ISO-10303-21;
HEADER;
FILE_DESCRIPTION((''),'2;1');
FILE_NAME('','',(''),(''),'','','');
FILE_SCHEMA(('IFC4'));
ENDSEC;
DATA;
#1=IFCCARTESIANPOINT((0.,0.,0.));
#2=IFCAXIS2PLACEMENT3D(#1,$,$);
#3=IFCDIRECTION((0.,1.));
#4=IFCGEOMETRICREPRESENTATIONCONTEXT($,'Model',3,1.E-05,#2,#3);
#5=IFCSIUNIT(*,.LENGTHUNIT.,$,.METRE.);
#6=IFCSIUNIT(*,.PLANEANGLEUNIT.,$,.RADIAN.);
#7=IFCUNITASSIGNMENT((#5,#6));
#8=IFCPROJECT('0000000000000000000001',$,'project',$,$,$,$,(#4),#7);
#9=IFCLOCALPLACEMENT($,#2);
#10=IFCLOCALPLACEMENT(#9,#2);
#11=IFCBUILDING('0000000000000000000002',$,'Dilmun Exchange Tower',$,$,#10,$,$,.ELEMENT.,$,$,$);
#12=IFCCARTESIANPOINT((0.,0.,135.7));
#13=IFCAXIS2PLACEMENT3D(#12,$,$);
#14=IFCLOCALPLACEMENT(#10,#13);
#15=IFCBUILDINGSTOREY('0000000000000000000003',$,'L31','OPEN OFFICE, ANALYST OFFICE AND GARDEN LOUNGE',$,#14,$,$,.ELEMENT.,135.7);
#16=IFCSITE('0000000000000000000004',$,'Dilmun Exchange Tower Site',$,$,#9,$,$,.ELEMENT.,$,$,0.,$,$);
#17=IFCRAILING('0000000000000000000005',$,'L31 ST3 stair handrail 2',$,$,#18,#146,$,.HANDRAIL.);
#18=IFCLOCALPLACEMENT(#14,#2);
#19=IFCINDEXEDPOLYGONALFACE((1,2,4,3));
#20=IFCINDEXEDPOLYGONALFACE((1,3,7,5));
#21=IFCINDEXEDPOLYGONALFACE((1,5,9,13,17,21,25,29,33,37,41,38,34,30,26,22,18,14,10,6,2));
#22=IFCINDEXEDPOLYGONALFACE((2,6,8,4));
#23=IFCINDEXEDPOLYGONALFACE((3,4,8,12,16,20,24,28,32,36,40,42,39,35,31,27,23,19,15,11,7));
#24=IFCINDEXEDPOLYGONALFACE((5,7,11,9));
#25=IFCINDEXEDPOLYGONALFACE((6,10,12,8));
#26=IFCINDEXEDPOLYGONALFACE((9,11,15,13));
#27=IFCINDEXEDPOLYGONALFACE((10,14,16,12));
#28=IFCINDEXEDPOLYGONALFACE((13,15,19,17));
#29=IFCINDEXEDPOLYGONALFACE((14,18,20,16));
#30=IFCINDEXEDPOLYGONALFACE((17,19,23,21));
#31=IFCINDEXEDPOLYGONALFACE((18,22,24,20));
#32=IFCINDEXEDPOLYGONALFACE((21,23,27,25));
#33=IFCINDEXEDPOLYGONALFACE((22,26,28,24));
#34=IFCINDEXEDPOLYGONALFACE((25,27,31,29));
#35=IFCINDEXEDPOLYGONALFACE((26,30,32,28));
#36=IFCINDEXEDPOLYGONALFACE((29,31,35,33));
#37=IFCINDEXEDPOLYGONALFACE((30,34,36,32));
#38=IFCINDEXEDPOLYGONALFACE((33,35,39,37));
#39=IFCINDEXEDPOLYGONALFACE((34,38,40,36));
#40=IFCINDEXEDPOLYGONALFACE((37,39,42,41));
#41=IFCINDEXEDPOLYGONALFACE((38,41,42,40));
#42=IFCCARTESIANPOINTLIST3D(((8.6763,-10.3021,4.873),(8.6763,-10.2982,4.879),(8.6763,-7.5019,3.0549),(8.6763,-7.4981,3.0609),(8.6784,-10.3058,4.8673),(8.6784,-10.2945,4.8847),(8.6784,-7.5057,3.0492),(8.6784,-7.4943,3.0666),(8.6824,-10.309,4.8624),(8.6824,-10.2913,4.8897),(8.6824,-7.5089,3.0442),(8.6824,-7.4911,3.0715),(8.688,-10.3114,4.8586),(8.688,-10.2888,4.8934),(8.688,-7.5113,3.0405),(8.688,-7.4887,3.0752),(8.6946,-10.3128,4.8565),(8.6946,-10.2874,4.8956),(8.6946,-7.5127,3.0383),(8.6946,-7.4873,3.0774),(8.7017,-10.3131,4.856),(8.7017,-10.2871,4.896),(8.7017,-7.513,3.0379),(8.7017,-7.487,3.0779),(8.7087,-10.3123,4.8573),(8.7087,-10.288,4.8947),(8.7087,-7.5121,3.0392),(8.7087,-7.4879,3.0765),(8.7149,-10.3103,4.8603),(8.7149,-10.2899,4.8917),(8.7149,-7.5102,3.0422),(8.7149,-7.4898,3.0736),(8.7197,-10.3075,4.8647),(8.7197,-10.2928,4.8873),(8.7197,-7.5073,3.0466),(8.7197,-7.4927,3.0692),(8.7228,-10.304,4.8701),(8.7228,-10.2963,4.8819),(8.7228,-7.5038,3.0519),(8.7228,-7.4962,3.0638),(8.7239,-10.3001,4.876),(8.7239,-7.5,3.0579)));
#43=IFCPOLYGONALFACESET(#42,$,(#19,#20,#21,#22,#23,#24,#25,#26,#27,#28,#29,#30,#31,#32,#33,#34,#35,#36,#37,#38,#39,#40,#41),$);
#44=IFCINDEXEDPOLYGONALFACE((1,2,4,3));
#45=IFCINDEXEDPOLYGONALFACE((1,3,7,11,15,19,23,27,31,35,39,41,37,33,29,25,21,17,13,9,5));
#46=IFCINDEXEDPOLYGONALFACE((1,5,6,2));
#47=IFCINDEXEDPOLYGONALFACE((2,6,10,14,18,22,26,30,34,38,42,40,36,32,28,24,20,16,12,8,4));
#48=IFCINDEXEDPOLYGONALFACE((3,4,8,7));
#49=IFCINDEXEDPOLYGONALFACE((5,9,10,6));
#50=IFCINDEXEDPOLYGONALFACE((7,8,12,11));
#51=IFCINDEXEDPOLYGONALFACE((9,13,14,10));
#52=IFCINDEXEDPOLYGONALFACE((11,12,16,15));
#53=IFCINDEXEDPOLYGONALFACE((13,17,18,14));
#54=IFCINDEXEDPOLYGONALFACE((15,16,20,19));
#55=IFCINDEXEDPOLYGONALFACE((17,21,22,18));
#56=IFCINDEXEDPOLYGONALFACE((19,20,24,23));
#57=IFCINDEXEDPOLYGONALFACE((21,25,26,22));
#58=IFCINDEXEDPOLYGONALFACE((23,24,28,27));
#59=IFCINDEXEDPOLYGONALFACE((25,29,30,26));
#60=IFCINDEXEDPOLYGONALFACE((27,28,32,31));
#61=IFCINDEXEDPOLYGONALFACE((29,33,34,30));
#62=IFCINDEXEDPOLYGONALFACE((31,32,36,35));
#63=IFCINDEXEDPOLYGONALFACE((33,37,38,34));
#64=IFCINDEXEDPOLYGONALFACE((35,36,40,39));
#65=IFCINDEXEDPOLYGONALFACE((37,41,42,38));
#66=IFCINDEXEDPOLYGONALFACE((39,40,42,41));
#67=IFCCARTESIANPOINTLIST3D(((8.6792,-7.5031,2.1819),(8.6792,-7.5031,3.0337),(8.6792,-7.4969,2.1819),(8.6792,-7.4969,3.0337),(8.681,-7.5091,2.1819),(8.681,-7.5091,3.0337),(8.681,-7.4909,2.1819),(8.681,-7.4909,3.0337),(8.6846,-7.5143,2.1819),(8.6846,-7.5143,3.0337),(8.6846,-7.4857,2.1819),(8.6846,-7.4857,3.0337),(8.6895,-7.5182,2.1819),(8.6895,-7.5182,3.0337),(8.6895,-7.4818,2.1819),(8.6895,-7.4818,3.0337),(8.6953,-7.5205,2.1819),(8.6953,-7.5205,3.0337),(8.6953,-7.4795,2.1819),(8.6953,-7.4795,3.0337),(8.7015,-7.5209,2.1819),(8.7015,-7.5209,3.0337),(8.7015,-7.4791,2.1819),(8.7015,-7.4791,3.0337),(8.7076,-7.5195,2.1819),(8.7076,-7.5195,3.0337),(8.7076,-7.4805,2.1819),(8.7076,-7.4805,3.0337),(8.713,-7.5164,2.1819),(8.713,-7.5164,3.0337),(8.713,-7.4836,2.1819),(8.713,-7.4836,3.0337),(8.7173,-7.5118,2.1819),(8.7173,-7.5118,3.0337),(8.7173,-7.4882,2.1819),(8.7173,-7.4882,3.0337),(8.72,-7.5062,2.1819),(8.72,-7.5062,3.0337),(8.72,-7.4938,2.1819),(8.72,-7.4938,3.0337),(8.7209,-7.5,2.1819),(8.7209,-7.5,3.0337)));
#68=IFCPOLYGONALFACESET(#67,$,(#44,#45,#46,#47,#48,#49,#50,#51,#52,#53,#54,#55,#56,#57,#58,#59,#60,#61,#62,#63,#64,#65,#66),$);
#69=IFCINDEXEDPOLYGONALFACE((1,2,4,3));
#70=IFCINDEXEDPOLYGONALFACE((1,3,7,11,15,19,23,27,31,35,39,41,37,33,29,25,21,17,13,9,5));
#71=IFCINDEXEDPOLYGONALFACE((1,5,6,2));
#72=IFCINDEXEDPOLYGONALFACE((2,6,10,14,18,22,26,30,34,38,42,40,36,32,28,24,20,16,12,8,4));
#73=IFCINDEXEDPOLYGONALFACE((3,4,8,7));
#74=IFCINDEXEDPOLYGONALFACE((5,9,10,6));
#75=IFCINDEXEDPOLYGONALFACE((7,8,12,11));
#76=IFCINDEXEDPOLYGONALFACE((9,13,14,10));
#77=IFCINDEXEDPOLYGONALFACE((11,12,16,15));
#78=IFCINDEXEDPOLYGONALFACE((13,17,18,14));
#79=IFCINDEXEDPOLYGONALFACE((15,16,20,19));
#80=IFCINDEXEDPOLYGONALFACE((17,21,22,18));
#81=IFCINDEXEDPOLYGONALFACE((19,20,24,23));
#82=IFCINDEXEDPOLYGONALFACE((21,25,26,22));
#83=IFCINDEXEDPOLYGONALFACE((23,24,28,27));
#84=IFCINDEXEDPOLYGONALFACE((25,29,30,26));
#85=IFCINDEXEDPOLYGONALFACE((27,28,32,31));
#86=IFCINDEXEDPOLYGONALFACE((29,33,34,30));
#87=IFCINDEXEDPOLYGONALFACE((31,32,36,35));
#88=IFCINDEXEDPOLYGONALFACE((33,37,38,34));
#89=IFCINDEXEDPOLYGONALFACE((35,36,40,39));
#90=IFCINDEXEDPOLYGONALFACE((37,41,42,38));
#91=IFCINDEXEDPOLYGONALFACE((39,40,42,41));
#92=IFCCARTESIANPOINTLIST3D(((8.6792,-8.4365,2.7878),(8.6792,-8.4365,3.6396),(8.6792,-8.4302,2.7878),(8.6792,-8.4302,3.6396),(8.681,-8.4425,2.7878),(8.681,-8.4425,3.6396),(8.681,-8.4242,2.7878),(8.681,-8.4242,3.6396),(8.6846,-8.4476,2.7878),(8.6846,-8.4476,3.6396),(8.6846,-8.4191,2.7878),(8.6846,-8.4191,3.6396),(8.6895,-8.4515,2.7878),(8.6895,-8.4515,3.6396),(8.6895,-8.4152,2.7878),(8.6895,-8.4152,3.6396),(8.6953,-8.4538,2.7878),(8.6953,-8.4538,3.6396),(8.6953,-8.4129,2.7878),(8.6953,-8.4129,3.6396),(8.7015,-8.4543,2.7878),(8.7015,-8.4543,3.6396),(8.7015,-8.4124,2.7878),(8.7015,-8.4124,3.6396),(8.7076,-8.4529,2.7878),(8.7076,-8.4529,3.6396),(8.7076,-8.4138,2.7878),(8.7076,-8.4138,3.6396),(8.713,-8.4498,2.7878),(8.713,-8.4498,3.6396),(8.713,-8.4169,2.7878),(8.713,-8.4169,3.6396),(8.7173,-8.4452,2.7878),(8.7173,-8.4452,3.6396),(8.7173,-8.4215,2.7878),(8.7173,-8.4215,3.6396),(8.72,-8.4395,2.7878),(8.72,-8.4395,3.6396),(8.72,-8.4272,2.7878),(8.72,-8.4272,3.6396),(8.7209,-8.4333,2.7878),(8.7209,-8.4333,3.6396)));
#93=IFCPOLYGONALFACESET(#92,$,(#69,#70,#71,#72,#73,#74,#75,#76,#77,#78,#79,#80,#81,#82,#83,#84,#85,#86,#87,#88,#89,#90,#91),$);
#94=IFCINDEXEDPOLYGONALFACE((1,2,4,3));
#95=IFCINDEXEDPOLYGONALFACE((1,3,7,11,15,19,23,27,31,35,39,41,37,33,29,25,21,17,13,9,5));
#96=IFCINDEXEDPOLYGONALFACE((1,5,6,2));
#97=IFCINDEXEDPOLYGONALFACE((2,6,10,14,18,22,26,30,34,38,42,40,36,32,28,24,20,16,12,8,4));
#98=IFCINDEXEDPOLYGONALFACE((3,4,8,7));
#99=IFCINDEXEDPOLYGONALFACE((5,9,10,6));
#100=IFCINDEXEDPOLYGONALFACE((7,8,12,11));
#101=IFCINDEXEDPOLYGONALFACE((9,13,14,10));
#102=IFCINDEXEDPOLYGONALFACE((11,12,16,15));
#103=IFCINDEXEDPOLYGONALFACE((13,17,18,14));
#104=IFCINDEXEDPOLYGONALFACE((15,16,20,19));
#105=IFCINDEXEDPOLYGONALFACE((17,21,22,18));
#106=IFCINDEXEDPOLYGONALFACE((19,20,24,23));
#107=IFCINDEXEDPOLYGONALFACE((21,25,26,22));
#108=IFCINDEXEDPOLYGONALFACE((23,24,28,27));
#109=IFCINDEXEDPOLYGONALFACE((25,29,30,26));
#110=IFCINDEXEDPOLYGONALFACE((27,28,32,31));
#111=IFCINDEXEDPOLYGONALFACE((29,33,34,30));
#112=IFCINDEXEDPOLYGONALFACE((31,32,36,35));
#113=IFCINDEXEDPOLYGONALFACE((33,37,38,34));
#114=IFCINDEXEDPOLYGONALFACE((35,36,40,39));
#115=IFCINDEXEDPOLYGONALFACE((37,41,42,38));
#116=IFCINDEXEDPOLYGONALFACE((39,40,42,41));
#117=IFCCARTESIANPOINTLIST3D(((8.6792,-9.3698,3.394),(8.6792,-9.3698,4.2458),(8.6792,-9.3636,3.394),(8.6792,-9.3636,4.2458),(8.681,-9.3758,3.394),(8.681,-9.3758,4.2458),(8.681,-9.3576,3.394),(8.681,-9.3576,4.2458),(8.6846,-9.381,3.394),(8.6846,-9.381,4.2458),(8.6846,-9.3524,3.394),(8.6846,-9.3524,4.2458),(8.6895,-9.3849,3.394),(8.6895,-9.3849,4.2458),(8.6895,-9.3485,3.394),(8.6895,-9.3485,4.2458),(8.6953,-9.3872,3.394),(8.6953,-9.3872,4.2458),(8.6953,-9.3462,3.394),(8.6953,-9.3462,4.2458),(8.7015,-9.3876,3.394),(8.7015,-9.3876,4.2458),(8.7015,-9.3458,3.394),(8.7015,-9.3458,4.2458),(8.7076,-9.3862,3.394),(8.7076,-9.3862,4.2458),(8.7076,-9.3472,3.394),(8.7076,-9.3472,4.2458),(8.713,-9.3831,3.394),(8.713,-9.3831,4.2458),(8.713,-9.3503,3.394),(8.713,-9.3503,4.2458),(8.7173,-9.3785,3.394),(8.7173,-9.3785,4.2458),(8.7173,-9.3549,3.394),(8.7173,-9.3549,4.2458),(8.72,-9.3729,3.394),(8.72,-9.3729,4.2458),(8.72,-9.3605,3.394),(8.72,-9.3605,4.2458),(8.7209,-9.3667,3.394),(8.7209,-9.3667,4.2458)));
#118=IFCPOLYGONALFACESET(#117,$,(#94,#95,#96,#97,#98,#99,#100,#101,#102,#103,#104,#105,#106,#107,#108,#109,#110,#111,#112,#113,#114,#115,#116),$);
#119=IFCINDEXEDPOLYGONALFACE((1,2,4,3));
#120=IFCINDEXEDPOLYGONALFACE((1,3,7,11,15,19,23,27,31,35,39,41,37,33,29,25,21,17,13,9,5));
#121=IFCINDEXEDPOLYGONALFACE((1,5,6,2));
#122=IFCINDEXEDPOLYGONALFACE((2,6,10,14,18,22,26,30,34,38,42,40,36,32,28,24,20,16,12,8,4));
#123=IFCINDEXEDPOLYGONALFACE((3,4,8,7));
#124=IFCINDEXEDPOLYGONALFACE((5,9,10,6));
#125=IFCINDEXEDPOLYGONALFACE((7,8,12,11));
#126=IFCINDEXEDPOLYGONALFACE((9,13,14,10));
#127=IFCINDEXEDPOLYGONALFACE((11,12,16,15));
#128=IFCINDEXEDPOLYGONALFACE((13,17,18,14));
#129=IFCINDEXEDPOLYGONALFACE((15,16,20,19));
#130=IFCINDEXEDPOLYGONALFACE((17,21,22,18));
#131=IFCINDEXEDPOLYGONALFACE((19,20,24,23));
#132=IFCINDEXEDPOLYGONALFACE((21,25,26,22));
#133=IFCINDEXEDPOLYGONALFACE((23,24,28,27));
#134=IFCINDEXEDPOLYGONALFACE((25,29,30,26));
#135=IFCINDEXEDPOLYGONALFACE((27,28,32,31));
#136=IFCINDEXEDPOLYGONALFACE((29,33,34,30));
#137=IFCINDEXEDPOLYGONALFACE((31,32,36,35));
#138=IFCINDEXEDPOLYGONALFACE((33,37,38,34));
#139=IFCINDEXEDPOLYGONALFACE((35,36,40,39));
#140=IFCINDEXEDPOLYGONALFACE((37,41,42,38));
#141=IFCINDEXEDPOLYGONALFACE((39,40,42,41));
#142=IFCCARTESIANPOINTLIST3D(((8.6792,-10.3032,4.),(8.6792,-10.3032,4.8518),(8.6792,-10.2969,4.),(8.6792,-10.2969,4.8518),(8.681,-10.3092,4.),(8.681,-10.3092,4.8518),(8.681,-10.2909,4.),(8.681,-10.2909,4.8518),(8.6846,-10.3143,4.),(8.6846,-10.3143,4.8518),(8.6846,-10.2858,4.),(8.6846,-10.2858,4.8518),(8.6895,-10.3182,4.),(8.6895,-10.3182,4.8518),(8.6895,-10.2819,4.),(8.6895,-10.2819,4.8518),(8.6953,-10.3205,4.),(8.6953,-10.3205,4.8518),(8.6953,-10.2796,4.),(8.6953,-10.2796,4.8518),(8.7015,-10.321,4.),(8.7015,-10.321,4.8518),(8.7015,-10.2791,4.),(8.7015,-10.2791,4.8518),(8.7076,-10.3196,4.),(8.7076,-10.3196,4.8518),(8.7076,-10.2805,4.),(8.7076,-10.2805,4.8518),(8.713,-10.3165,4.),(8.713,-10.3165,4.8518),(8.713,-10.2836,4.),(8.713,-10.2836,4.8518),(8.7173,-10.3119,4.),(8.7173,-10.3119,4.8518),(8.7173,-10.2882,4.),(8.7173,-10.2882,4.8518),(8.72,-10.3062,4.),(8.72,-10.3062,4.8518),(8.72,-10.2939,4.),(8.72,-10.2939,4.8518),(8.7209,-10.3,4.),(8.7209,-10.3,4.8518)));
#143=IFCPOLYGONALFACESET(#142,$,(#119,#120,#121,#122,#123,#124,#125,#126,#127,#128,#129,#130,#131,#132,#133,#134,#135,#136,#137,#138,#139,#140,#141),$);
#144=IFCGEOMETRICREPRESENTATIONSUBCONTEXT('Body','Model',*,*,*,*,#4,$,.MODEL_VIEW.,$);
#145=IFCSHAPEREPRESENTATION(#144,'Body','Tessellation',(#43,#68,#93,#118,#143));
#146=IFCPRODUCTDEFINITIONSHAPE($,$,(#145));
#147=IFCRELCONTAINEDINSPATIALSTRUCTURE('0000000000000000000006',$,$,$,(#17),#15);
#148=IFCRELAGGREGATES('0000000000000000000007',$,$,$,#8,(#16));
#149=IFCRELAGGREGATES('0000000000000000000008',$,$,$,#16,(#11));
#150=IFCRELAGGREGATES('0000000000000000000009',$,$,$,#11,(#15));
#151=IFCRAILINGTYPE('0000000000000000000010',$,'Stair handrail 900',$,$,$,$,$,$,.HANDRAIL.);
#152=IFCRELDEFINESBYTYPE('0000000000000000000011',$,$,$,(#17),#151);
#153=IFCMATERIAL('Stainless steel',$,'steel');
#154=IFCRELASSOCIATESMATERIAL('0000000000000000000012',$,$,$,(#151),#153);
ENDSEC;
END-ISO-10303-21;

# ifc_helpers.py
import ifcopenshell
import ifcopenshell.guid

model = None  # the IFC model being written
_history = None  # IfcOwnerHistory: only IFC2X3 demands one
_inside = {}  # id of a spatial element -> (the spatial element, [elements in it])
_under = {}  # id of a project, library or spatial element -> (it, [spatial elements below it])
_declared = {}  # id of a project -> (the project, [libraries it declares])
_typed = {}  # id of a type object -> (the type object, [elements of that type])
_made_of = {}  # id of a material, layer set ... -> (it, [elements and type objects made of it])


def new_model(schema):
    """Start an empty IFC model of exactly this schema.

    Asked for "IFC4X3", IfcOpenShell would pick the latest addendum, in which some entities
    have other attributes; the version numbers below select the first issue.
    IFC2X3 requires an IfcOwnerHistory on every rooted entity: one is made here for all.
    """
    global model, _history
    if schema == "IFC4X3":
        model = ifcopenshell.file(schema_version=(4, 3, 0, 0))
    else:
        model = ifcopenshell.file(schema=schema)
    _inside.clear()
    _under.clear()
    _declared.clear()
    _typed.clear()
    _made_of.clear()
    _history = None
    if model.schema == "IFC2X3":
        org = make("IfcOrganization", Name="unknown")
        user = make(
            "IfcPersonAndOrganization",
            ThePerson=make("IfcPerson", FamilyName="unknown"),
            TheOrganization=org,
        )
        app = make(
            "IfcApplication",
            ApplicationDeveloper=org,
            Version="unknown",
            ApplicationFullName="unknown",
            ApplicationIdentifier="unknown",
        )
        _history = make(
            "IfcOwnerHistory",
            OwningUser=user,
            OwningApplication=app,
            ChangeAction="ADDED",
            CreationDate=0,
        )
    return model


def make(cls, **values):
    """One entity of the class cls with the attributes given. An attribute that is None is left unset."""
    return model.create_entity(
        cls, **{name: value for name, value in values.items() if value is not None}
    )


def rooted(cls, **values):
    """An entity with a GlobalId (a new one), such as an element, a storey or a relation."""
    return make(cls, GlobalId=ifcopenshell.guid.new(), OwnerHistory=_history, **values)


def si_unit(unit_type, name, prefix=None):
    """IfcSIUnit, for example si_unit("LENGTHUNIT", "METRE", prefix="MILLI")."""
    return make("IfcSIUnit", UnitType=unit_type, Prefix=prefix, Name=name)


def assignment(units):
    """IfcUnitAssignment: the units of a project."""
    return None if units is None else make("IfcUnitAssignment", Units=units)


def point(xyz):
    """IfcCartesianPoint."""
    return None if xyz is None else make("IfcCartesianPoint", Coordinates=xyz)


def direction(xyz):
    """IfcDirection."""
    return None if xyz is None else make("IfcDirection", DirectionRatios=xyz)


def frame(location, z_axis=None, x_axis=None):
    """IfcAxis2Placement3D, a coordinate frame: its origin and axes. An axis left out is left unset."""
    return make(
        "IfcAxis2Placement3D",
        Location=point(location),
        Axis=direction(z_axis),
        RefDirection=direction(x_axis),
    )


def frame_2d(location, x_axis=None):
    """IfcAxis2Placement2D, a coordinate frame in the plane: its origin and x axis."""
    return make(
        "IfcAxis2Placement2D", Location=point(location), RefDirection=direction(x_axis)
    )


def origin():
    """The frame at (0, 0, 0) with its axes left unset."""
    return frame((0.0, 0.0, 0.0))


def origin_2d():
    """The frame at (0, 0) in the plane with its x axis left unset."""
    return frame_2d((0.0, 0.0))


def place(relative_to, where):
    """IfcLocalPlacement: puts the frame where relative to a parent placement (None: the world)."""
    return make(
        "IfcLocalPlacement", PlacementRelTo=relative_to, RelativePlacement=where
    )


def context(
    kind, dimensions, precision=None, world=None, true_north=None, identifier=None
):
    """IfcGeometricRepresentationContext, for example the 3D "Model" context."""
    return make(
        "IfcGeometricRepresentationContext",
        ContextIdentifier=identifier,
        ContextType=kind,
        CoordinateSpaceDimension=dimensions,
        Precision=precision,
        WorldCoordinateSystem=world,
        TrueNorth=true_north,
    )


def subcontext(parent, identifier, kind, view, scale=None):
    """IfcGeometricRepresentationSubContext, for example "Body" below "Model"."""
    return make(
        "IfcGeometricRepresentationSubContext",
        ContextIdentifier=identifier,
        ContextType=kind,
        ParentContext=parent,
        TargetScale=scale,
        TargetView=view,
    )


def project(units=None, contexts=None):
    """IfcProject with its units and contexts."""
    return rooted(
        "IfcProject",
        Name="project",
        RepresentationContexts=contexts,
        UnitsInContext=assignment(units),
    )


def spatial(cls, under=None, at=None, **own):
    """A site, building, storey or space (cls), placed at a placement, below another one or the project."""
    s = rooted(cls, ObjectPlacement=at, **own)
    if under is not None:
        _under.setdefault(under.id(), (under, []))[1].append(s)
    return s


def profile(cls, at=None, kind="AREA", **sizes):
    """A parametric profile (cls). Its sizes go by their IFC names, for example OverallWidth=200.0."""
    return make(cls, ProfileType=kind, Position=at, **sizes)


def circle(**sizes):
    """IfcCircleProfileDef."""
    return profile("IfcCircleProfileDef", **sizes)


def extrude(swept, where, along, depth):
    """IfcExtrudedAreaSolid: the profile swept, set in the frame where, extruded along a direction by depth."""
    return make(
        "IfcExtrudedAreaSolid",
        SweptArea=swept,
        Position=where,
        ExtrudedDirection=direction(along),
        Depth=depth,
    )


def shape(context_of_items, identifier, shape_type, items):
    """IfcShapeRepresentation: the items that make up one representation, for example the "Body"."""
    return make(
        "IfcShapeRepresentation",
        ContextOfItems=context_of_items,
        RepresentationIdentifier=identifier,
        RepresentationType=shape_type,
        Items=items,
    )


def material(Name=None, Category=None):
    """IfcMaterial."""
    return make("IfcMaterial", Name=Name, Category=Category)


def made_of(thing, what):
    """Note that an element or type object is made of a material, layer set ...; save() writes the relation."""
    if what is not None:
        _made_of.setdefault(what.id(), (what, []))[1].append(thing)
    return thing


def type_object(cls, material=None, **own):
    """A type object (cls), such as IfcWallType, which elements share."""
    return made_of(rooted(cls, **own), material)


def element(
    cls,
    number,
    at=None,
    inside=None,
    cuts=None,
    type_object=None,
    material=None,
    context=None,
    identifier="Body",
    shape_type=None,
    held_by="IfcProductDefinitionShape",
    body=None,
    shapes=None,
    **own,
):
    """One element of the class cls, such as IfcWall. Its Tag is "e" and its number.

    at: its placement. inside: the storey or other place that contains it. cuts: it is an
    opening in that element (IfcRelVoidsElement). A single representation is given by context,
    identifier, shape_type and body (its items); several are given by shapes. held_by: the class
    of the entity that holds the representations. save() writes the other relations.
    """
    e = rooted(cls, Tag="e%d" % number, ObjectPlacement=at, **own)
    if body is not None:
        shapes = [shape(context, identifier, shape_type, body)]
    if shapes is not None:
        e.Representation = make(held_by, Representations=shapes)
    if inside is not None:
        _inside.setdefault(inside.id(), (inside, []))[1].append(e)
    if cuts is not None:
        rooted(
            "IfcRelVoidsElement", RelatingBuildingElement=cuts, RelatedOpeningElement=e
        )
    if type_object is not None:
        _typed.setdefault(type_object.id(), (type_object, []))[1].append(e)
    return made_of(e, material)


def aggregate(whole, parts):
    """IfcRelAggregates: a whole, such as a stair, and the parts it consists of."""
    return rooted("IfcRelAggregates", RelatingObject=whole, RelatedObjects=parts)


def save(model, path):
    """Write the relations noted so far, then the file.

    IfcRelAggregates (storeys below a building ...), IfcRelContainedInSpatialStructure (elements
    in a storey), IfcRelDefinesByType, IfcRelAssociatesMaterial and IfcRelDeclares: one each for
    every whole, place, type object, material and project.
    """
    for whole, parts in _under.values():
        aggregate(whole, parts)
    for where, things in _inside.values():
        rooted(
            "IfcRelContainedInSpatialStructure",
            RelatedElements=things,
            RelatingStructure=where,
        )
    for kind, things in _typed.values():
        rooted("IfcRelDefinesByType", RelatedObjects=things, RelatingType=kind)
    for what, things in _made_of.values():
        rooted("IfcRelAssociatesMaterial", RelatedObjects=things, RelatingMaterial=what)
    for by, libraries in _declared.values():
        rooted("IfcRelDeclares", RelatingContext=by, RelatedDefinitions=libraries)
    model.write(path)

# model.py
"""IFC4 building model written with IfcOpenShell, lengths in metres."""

from ifc_helpers import new_model, si_unit, direction, frame, origin, origin_2d, place, context, subcontext, project, spatial, circle, extrude, material, type_object, element, save


model = new_model("IFC4")

# Units and contexts
model_context = context("Model", 3, precision=1e-05, world=origin(), true_north=direction((0.0, 1.0)))
body_context = subcontext(model_context, "Body", "Model", "MODEL_VIEW")
ifc_project = project(units=[si_unit("LENGTHUNIT", "METRE"), si_unit("PLANEANGLEUNIT", "RADIAN")], contexts=[model_context])

# Site, building, storey
site_placement = place(None, origin())
site = spatial("IfcSite", under=ifc_project, at=site_placement, Name="Dilmun Exchange Tower Site", CompositionType="ELEMENT", RefElevation=0.0)
building_placement = place(site_placement, origin())
building = spatial("IfcBuilding", under=site, at=building_placement, Name="Dilmun Exchange Tower", CompositionType="ELEMENT")
storey_placement = place(building_placement, frame((0.0, 0.0, 135.7)))
storey = spatial("IfcBuildingStorey", under=building, at=storey_placement, Name="L31", Description="OPEN OFFICE, ANALYST OFFICE AND GARDEN LOUNGE", CompositionType="ELEMENT", Elevation=135.7)

# Railing
ifc_material_1 = material(Name="Stainless steel", Category="steel")
railing_type = type_object("IfcRailingType", Name="Stair handrail 900", PredefinedType="HANDRAIL", material=ifc_material_1)
railing_1_placement = place(storey_placement, frame((8.7, -7.5, 2.1819)))
element("IfcRailing", 1, at=railing_1_placement, inside=storey, type_object=railing_type, Name="L31 ST3 stair handrail 2", PredefinedType="HANDRAIL", context=body_context, shape_type="SweptSolid", body=[
    extrude(circle(Radius=0.0239, at=origin_2d()), frame((0.0, 0.0, 0.876), z_axis=(0.0, -0.838706, 0.544585), x_axis=(1.0, 0.0, 0.0)), (0.0, 0.0, 1.0), 3.3386),
    extrude(circle(Radius=0.021, at=origin_2d()), origin(), (0.0, 0.0, 1.0), 0.8518),
    extrude(circle(Radius=0.021, at=origin_2d()), frame((0.0, -0.9333, 0.606)), (0.0, 0.0, 1.0), 0.8518),
    extrude(circle(Radius=0.021, at=origin_2d()), frame((0.0, -1.8667, 1.2122)), (0.0, 0.0, 1.0), 0.8518),
    extrude(circle(Radius=0.021, at=origin_2d()), frame((0.0, -2.8, 1.8181)), (0.0, 0.0, 1.0), 0.8518),
])

save(model, "model.ifc")
